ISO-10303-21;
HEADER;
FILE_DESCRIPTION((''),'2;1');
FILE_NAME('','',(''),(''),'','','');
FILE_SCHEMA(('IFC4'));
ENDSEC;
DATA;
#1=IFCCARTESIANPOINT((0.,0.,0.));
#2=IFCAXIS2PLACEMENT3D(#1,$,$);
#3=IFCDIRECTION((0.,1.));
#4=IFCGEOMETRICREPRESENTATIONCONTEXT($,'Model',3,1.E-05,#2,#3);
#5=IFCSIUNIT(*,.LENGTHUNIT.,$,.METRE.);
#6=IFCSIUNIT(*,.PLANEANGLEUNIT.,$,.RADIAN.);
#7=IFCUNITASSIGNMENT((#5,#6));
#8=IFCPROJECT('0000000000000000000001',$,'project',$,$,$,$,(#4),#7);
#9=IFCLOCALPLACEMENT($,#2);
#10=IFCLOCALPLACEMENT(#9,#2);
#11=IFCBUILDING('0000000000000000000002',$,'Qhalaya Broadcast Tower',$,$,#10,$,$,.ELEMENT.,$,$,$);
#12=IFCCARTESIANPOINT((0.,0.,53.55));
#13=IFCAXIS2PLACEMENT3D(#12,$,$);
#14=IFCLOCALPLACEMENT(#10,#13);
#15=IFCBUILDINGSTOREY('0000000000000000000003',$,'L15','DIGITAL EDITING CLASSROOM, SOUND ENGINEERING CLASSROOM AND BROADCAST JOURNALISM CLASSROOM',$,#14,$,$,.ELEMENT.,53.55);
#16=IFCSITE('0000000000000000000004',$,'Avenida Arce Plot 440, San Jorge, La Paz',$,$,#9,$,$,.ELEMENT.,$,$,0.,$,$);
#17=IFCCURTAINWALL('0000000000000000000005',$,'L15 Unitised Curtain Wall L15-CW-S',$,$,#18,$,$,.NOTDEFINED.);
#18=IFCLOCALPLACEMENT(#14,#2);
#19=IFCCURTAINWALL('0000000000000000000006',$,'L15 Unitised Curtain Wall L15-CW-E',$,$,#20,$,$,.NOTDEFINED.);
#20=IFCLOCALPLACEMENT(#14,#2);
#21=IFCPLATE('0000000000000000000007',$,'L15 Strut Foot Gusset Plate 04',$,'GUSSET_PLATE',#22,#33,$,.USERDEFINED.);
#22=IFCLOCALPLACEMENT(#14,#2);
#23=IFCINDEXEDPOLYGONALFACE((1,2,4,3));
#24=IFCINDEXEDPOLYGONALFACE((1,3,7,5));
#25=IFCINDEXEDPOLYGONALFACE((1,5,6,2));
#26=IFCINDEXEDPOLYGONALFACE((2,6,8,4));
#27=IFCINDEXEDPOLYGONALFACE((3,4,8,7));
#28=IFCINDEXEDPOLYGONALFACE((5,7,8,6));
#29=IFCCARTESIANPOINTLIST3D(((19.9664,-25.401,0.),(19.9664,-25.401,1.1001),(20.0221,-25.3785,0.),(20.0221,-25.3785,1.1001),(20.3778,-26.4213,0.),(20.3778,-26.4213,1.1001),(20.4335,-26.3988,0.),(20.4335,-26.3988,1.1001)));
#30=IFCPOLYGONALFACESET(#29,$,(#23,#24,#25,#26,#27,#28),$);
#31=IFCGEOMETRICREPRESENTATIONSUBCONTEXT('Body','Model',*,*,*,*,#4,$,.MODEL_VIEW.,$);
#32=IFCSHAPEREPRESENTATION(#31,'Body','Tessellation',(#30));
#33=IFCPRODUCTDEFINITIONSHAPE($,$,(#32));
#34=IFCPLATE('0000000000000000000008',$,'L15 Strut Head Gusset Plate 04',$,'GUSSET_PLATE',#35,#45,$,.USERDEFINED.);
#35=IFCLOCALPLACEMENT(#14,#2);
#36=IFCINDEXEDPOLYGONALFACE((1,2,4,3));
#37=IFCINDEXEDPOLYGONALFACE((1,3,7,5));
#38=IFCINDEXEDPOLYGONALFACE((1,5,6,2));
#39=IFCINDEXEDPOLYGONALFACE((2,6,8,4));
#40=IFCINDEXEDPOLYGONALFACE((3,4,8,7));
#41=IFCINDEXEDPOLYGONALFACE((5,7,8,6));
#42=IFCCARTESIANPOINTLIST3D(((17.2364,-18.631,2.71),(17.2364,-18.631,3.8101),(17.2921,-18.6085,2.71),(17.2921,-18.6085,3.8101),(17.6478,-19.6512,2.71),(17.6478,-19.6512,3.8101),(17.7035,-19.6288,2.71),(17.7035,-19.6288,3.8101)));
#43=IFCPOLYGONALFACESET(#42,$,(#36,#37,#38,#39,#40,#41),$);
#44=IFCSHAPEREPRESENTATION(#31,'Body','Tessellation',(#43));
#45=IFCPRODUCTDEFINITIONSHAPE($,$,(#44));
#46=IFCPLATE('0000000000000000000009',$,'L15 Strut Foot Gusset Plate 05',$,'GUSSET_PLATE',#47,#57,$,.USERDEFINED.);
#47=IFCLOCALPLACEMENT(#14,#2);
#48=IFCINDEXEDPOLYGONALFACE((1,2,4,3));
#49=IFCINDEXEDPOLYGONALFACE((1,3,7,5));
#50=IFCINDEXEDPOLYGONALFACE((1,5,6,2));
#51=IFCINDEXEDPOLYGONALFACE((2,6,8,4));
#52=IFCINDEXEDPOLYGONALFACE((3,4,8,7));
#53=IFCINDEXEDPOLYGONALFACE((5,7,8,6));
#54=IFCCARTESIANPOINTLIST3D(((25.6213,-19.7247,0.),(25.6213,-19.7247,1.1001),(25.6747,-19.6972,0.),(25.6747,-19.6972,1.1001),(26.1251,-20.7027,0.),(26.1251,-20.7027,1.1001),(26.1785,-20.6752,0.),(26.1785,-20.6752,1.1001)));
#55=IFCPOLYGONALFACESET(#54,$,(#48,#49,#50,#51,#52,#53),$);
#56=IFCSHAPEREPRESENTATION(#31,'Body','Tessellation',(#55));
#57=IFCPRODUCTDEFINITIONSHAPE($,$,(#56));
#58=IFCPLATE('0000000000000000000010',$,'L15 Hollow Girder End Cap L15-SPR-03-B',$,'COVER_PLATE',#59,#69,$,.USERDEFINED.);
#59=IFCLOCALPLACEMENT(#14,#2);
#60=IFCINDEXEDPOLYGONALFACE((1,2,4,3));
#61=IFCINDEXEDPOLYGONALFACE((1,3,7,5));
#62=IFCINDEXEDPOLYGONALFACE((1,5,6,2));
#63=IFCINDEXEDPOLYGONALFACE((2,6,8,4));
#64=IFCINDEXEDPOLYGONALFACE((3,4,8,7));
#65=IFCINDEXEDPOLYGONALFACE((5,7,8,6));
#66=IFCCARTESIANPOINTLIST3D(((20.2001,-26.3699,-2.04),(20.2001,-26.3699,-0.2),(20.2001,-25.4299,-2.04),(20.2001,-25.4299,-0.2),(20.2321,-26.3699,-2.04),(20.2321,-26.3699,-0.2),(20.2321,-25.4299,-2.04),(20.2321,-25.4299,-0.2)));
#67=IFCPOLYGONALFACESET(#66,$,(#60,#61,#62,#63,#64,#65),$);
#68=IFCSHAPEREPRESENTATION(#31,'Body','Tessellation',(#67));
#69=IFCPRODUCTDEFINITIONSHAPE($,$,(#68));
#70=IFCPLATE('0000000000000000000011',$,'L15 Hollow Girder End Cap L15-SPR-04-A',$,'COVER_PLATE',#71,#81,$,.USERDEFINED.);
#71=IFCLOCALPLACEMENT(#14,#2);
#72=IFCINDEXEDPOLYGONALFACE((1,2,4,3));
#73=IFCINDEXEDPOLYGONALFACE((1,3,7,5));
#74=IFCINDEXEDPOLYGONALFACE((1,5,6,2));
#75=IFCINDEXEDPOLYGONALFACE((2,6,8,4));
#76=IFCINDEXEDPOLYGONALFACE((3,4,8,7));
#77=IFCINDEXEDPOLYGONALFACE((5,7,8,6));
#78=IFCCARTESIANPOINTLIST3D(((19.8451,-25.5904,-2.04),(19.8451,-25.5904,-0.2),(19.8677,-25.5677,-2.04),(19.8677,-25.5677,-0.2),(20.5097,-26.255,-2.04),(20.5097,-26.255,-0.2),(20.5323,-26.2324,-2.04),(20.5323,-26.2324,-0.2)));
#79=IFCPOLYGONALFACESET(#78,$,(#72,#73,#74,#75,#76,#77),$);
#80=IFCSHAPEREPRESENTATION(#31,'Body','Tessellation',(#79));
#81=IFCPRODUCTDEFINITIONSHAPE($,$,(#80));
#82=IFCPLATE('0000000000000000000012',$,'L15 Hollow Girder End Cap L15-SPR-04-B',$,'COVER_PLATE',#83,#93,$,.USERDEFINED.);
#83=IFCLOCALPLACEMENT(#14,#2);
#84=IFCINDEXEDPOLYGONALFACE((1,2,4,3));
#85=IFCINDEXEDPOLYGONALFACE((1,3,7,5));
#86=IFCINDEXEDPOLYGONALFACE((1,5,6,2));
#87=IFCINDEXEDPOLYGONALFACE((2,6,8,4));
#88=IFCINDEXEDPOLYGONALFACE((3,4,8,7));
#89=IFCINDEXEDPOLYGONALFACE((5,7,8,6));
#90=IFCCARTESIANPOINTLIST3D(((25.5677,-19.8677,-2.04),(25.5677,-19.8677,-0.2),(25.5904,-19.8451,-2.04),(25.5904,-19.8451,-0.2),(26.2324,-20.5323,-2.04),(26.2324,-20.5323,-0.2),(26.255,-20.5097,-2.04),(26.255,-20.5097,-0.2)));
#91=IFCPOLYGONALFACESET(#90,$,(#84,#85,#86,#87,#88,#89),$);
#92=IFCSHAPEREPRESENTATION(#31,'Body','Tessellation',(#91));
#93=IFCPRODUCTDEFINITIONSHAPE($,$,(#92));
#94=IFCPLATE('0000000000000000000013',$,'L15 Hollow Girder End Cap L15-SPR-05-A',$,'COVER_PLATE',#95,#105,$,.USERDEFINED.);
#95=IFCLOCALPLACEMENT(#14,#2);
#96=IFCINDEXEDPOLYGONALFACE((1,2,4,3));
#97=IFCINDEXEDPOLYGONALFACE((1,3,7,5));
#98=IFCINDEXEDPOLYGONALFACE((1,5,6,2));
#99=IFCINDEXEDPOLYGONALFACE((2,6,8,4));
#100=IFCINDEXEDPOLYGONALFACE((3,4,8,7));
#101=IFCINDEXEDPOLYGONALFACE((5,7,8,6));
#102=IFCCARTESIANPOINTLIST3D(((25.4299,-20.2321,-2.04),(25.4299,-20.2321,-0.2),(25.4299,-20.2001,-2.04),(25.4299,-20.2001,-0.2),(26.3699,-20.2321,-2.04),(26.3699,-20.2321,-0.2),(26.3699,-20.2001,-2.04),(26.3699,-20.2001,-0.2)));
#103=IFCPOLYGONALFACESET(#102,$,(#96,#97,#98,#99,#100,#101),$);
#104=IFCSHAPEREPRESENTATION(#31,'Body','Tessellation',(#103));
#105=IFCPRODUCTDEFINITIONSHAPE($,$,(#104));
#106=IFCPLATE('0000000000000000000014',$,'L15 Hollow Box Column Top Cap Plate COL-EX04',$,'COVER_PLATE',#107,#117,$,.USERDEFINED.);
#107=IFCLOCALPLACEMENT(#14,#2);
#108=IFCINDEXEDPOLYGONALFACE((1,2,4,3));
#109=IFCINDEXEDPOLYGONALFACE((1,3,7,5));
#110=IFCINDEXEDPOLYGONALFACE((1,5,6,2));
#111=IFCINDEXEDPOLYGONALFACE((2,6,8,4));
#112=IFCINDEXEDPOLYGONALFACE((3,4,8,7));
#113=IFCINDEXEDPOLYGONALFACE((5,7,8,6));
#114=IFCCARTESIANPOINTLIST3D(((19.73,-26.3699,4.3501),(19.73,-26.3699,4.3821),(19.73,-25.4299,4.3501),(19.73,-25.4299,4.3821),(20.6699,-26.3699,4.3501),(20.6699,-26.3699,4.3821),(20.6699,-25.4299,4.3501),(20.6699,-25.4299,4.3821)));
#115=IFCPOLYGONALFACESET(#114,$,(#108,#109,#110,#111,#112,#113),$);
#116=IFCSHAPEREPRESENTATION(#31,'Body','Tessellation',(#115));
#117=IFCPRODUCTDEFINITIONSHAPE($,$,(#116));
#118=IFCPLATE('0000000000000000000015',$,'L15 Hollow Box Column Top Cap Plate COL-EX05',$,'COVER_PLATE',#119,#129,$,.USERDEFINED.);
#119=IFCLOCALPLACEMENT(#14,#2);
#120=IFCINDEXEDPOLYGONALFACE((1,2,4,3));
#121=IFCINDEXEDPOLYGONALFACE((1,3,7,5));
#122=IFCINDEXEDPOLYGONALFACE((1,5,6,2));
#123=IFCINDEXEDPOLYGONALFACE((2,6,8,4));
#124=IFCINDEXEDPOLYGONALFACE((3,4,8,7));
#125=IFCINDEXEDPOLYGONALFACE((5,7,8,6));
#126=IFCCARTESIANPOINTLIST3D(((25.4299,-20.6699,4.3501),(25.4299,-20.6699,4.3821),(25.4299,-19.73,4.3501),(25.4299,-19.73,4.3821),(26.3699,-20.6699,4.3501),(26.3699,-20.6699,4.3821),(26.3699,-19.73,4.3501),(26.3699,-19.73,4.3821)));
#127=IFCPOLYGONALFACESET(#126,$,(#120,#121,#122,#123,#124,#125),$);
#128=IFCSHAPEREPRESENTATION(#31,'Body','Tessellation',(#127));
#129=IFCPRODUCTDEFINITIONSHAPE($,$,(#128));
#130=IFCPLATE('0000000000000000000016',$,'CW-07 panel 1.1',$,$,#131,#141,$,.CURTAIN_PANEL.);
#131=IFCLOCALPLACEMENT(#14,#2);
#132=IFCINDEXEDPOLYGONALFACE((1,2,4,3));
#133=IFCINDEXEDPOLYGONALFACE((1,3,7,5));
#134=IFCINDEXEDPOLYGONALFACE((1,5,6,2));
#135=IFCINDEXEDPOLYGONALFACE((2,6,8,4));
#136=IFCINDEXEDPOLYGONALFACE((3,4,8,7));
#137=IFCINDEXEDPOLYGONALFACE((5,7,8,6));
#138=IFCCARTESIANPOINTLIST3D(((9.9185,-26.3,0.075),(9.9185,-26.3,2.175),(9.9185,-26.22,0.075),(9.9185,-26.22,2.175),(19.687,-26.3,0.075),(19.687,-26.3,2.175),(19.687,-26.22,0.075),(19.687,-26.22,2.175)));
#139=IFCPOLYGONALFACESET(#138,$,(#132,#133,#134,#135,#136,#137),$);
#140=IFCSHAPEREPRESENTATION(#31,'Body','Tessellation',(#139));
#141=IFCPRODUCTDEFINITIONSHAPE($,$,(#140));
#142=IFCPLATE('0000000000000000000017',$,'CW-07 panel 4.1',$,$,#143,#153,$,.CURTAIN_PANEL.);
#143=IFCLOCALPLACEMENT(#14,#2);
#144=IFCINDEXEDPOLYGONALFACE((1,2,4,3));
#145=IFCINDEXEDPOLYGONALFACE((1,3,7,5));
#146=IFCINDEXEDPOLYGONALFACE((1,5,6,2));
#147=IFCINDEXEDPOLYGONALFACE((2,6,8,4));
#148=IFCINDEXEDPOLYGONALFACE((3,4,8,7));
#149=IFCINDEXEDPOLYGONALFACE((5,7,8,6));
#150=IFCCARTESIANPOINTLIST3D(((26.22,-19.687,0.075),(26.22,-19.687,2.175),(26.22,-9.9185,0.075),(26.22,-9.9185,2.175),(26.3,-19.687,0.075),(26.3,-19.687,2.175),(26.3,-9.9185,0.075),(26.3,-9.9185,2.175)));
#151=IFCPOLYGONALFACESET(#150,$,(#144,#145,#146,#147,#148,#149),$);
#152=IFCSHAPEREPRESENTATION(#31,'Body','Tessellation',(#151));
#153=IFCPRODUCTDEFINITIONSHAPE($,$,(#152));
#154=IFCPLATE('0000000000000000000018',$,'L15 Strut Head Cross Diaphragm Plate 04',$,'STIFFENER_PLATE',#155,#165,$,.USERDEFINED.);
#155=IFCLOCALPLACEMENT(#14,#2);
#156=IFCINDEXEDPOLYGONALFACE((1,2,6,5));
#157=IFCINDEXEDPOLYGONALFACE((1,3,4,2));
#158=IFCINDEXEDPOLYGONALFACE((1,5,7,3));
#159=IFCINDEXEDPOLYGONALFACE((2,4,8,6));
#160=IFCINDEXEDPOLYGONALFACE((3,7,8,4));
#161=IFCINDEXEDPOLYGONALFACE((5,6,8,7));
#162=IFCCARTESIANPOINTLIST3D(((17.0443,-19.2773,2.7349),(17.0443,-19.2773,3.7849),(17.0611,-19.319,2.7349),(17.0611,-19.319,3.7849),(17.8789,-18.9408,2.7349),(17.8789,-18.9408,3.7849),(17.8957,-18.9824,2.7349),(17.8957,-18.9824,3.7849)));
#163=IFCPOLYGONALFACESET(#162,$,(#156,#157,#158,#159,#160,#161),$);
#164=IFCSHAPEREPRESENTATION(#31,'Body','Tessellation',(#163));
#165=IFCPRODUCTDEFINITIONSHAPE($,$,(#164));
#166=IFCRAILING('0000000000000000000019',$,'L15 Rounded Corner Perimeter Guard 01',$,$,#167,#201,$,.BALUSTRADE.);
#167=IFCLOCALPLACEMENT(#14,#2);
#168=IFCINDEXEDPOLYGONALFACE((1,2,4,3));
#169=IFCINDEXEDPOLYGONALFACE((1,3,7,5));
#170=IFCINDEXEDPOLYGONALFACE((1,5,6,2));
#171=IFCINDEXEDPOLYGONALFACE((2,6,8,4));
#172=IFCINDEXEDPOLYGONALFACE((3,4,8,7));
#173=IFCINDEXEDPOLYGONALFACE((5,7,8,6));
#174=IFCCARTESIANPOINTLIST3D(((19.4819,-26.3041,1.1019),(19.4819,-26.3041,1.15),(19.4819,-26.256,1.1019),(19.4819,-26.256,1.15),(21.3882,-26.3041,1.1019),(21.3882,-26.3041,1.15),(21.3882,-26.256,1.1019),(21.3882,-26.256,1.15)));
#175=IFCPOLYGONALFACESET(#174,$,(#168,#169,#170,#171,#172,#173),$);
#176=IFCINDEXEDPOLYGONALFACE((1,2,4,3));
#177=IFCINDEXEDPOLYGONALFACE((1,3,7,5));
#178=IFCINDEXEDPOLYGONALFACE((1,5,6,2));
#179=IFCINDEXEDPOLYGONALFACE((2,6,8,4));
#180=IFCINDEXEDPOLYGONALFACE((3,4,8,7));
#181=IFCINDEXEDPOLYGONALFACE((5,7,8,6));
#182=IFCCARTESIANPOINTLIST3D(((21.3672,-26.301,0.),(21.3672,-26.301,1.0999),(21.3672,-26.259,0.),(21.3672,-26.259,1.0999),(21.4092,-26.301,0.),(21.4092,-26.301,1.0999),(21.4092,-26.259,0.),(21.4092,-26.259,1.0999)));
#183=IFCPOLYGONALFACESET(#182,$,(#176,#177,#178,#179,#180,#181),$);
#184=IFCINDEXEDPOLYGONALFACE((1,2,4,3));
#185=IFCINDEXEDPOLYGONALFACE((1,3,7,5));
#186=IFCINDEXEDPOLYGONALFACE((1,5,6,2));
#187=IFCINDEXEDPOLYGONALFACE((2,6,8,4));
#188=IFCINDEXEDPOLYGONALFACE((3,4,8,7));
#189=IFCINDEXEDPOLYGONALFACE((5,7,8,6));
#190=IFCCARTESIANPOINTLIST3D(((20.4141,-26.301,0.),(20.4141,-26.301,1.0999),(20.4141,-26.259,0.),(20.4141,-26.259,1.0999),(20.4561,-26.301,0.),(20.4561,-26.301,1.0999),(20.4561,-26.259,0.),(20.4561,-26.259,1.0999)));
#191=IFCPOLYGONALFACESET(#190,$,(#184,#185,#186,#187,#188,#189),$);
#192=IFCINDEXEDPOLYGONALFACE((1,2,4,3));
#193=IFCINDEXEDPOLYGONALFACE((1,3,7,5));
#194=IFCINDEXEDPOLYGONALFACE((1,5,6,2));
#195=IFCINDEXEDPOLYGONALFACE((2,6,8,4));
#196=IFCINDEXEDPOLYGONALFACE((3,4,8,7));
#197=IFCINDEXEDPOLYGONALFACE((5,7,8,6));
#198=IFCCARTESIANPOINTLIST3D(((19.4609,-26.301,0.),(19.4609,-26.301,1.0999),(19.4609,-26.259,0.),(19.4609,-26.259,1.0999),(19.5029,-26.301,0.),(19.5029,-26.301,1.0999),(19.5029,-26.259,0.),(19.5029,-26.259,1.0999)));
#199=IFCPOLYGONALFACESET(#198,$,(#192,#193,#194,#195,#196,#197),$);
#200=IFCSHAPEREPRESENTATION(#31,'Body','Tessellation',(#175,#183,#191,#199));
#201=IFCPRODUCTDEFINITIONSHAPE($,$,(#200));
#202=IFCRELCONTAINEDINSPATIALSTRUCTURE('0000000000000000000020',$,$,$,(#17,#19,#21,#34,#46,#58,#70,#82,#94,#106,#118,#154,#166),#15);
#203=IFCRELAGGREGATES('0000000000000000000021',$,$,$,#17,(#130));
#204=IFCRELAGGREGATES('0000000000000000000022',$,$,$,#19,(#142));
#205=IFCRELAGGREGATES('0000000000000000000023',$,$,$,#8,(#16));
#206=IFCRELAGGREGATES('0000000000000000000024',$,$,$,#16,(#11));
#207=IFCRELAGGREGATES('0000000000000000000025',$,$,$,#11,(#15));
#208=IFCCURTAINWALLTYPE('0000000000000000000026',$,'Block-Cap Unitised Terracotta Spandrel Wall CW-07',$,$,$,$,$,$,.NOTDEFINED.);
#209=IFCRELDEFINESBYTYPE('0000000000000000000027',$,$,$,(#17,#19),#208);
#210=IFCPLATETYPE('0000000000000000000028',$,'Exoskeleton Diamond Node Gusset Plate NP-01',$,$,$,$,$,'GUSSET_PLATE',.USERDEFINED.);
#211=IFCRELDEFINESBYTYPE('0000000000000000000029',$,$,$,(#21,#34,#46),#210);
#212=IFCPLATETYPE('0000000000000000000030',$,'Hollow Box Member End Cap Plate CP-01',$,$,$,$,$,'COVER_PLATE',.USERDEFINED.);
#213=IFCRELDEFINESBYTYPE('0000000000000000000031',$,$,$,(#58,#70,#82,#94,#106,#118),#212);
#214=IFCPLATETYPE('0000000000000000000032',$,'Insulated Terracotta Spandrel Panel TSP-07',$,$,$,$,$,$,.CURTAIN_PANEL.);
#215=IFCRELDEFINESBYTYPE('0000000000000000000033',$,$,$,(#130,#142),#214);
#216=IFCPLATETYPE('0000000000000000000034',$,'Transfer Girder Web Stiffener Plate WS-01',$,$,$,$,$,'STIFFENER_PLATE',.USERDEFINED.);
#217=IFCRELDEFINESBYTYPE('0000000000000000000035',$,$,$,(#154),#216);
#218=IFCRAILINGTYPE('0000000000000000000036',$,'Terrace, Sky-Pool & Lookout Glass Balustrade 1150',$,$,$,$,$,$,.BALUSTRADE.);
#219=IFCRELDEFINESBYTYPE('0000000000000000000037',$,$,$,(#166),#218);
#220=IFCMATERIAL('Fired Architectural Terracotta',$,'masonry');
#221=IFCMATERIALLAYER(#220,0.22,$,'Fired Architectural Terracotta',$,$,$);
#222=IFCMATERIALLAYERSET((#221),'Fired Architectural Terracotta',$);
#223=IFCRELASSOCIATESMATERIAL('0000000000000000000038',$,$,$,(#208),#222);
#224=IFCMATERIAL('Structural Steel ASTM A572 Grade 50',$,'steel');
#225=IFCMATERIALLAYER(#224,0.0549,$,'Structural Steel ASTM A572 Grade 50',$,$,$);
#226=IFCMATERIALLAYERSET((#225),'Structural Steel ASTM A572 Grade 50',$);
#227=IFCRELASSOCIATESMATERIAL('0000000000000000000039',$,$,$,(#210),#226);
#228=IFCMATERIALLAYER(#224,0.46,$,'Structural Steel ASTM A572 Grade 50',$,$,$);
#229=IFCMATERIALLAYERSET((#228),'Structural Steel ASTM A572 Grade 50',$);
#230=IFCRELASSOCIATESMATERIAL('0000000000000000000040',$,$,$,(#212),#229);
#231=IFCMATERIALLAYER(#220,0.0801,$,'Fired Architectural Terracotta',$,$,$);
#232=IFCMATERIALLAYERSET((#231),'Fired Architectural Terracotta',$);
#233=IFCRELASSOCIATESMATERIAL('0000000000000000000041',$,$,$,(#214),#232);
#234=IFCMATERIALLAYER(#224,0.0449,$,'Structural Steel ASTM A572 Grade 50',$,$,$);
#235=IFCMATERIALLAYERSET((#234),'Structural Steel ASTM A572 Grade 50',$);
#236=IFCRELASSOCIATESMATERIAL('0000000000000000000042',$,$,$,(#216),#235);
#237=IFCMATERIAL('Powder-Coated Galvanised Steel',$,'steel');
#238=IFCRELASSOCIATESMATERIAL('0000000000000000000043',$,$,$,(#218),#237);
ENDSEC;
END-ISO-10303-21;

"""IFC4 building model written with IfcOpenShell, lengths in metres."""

from ifc_helpers import new_model, si_unit, direction, frame, origin, origin_2d, place, context, subcontext, project, spatial, rectangle, extrude, material, layer, layer_set, type_object, element, aggregate, save


model = new_model("IFC4")

# Units and contexts
model_context = context("Model", 3, precision=1e-05, world=origin(), true_north=direction((0.0, 1.0)))
body_context = subcontext(model_context, "Body", "Model", "MODEL_VIEW")
ifc_project = project(units=[si_unit("LENGTHUNIT", "METRE"), si_unit("PLANEANGLEUNIT", "RADIAN")], contexts=[model_context])

# Site, building, storey
site_placement = place(None, origin())
site = spatial("IfcSite", under=ifc_project, at=site_placement, Name="Avenida Arce Plot 440, San Jorge, La Paz", CompositionType="ELEMENT", RefElevation=0.0)
building_placement = place(site_placement, origin())
building = spatial("IfcBuilding", under=site, at=building_placement, Name="Qhalaya Broadcast Tower", CompositionType="ELEMENT")
storey_placement = place(building_placement, frame((0.0, 0.0, 53.55)))
storey = spatial("IfcBuildingStorey", under=building, at=storey_placement, Name="L15", Description="DIGITAL EDITING CLASSROOM, SOUND ENGINEERING CLASSROOM AND BROADCAST JOURNALISM CLASSROOM", CompositionType="ELEMENT", Elevation=53.55)

# Shared definitions
ifc_material_1 = material(Name="Structural Steel ASTM A572 Grade 50", Category="steel")

# Curtain walls
ifc_material_2 = material(Name="Fired Architectural Terracotta", Category="masonry")
ifc_layer_1 = layer(ifc_material_2, 0.22, Name="Fired Architectural Terracotta")
ifc_layer_set_1 = layer_set([ifc_layer_1], Name="Fired Architectural Terracotta")
curtain_wall_type = type_object("IfcCurtainWallType", Name="Block-Cap Unitised Terracotta Spandrel Wall CW-07", PredefinedType="NOTDEFINED", material=ifc_layer_set_1)
curtain_wall_1_placement = place(storey_placement, origin())
curtain_wall_1 = element("IfcCurtainWall", 1, at=curtain_wall_1_placement, inside=storey, type_object=curtain_wall_type, Name="L15 Unitised Curtain Wall L15-CW-S", PredefinedType="NOTDEFINED")
curtain_wall_2_placement = place(storey_placement, origin())
curtain_wall_2 = element("IfcCurtainWall", 2, at=curtain_wall_2_placement, inside=storey, type_object=curtain_wall_type, Name="L15 Unitised Curtain Wall L15-CW-E", PredefinedType="NOTDEFINED")

# Plates
ifc_layer_2 = layer(ifc_material_1, 0.0549, Name="Structural Steel ASTM A572 Grade 50")
ifc_layer_set_2 = layer_set([ifc_layer_2], Name="Structural Steel ASTM A572 Grade 50")
plate_type_1 = type_object("IfcPlateType", Name="Exoskeleton Diamond Node Gusset Plate NP-01", ElementType="GUSSET_PLATE", PredefinedType="USERDEFINED", material=ifc_layer_set_2)
for number, where, z_axis, x_axis, name in (
    (3, (20.2, -25.8999, 0.0), (0.0, 0.0, 1.0), (-0.373992, 0.927432, 0.0), "L15 Strut Foot Gusset Plate 04"),
    (4, (17.47, -19.1299, 2.71), (0.0, 0.0, 1.0), (-0.373992, 0.927432, 0.0), "L15 Strut Head Gusset Plate 04"),
    (5, (25.8999, -20.2, 0.0), (0.0, 0.0, 1.0), (-0.457951, 0.888977, 0.0), "L15 Strut Foot Gusset Plate 05"),
):
    element("IfcPlate", number, at=place(storey_placement, frame(where, z_axis=z_axis, x_axis=x_axis)), inside=storey, type_object=plate_type_1, Name=name, ObjectType="GUSSET_PLATE", PredefinedType="USERDEFINED", context=body_context, shape_type="SweptSolid", body=[
        extrude(rectangle(XDim=1.1001, YDim=0.0601, at=origin_2d()), origin(), (0.0, 0.0, 1.0), 1.1001),
    ])
ifc_layer_3 = layer(ifc_material_1, 0.46, Name="Structural Steel ASTM A572 Grade 50")
ifc_layer_set_3 = layer_set([ifc_layer_3], Name="Structural Steel ASTM A572 Grade 50")
plate_type_2 = type_object("IfcPlateType", Name="Hollow Box Member End Cap Plate CP-01", ElementType="COVER_PLATE", PredefinedType="USERDEFINED", material=ifc_layer_set_3)
for number, where, z_axis, x_axis, name in (
    (6, (20.2161, -25.8999, -2.04), (0.0, 0.0, 1.0), (0.0, 1.0, 0.0), "L15 Hollow Girder End Cap L15-SPR-03-B"),
    (7, (20.1887, -25.9114, -2.04), (0.0, 0.0, 1.0), (-0.707107, 0.707107, 0.0), "L15 Hollow Girder End Cap L15-SPR-04-A"),
    (8, (25.9114, -20.1887, -2.04), (0.0, 0.0, 1.0), (-0.707107, 0.707107, 0.0), "L15 Hollow Girder End Cap L15-SPR-04-B"),
    (9, (25.8999, -20.2161, -2.04), (0.0, 0.0, 1.0), (-1.0, 0.0, 0.0), "L15 Hollow Girder End Cap L15-SPR-05-A"),
):
    element("IfcPlate", number, at=place(storey_placement, frame(where, z_axis=z_axis, x_axis=x_axis)), inside=storey, type_object=plate_type_2, Name=name, ObjectType="COVER_PLATE", PredefinedType="USERDEFINED", context=body_context, shape_type="SweptSolid", body=[
        extrude(rectangle(XDim=0.9399, YDim=0.032, at=origin_2d()), origin(), (0.0, 0.0, 1.0), 1.8401),
    ])
for number, where, z_axis, x_axis, name in (
    (10, (20.2, -25.8999, 4.3501), (0.0, 0.0, 1.0), (1.0, 0.0, 0.0), "L15 Hollow Box Column Top Cap Plate COL-EX04"),
    (11, (25.8999, -20.2, 4.3501), (0.0, 0.0, 1.0), (0.0, 1.0, 0.0), "L15 Hollow Box Column Top Cap Plate COL-EX05"),
):
    element("IfcPlate", number, at=place(storey_placement, frame(where, z_axis=z_axis, x_axis=x_axis)), inside=storey, type_object=plate_type_2, Name=name, ObjectType="COVER_PLATE", PredefinedType="USERDEFINED", context=body_context, shape_type="SweptSolid", body=[
        extrude(rectangle(XDim=0.9399, YDim=0.9399, at=origin_2d()), origin(), (0.0, 0.0, 1.0), 0.032),
    ])

# Plates
ifc_layer_4 = layer(ifc_material_2, 0.0801, Name="Fired Architectural Terracotta")
ifc_layer_set_4 = layer_set([ifc_layer_4], Name="Fired Architectural Terracotta")
plate_type_3 = type_object("IfcPlateType", Name="Insulated Terracotta Spandrel Panel TSP-07", PredefinedType="CURTAIN_PANEL", material=ifc_layer_set_4)
plate_1_placement = place(storey_placement, frame((14.8027, -26.26, 0.075), z_axis=(0.0, 0.0, 1.0), x_axis=(-1.0, 0.0, 0.0)))
plate_1 = element("IfcPlate", 12, at=plate_1_placement, type_object=plate_type_3, Name="CW-07 panel 1.1", PredefinedType="CURTAIN_PANEL", context=body_context, shape_type="SweptSolid", body=[
    extrude(rectangle(XDim=9.7686, YDim=0.0801, at=origin_2d()), origin(), (0.0, 0.0, 1.0), 2.1001),
])
aggregate(curtain_wall_1, [plate_1])
plate_2_placement = place(storey_placement, frame((26.26, -14.8027, 0.075), z_axis=(0.0, 0.0, 1.0), x_axis=(0.0, -1.0, 0.0)))
plate_2 = element("IfcPlate", 13, at=plate_2_placement, type_object=plate_type_3, Name="CW-07 panel 4.1", PredefinedType="CURTAIN_PANEL", context=body_context, shape_type="SweptSolid", body=[
    extrude(rectangle(XDim=9.7686, YDim=0.0801, at=origin_2d()), origin(), (0.0, 0.0, 1.0), 2.1001),
])
aggregate(curtain_wall_2, [plate_2])
ifc_layer_5 = layer(ifc_material_1, 0.0449, Name="Structural Steel ASTM A572 Grade 50")
ifc_layer_set_5 = layer_set([ifc_layer_5], Name="Structural Steel ASTM A572 Grade 50")
plate_type_4 = type_object("IfcPlateType", Name="Transfer Girder Web Stiffener Plate WS-01", ElementType="STIFFENER_PLATE", PredefinedType="USERDEFINED", material=ifc_layer_set_5)
plate_3_placement = place(storey_placement, frame((17.47, -19.1299, 2.7349), z_axis=(0.0, 0.0, 1.0), x_axis=(-0.927432, -0.373992, 0.0)))
element("IfcPlate", 14, at=plate_3_placement, inside=storey, type_object=plate_type_4, Name="L15 Strut Head Cross Diaphragm Plate 04", ObjectType="STIFFENER_PLATE", PredefinedType="USERDEFINED", context=body_context, shape_type="SweptSolid", body=[
    extrude(rectangle(XDim=0.8999, YDim=0.0449, at=origin_2d()), origin(), (0.0, 0.0, 1.0), 1.05),
])

# Railing
ifc_material_3 = material(Name="Powder-Coated Galvanised Steel", Category="steel")
railing_type = type_object("IfcRailingType", Name="Terrace, Sky-Pool & Lookout Glass Balustrade 1150", PredefinedType="BALUSTRADE", material=ifc_material_3)
railing_1_placement = place(storey_placement, frame((21.3882, -26.28, 0.0)))
element("IfcRailing", 15, at=railing_1_placement, inside=storey, type_object=railing_type, Name="L15 Rounded Corner Perimeter Guard 01", PredefinedType="BALUSTRADE", context=body_context, shape_type="SweptSolid", body=[
    extrude(rectangle(XDim=0.0481, YDim=0.0481, at=origin_2d()), frame((0.0, 0.0, 1.126), z_axis=(-1.0, 0.0, 0.0), x_axis=(0.0, -1.0, 0.0)), (0.0, 0.0, 1.0), 1.9062),
    extrude(rectangle(XDim=0.042, YDim=0.042, at=origin_2d()), origin(), (0.0, 0.0, 1.0), 1.0999),
    extrude(rectangle(XDim=0.042, YDim=0.042, at=origin_2d()), frame((-0.9531, 0.0, 0.0)), (0.0, 0.0, 1.0), 1.0999),
    extrude(rectangle(XDim=0.042, YDim=0.042, at=origin_2d()), frame((-1.9062, 0.0, 0.0)), (0.0, 0.0, 1.0), 1.0999),
])

save(model, "model.ifc")
